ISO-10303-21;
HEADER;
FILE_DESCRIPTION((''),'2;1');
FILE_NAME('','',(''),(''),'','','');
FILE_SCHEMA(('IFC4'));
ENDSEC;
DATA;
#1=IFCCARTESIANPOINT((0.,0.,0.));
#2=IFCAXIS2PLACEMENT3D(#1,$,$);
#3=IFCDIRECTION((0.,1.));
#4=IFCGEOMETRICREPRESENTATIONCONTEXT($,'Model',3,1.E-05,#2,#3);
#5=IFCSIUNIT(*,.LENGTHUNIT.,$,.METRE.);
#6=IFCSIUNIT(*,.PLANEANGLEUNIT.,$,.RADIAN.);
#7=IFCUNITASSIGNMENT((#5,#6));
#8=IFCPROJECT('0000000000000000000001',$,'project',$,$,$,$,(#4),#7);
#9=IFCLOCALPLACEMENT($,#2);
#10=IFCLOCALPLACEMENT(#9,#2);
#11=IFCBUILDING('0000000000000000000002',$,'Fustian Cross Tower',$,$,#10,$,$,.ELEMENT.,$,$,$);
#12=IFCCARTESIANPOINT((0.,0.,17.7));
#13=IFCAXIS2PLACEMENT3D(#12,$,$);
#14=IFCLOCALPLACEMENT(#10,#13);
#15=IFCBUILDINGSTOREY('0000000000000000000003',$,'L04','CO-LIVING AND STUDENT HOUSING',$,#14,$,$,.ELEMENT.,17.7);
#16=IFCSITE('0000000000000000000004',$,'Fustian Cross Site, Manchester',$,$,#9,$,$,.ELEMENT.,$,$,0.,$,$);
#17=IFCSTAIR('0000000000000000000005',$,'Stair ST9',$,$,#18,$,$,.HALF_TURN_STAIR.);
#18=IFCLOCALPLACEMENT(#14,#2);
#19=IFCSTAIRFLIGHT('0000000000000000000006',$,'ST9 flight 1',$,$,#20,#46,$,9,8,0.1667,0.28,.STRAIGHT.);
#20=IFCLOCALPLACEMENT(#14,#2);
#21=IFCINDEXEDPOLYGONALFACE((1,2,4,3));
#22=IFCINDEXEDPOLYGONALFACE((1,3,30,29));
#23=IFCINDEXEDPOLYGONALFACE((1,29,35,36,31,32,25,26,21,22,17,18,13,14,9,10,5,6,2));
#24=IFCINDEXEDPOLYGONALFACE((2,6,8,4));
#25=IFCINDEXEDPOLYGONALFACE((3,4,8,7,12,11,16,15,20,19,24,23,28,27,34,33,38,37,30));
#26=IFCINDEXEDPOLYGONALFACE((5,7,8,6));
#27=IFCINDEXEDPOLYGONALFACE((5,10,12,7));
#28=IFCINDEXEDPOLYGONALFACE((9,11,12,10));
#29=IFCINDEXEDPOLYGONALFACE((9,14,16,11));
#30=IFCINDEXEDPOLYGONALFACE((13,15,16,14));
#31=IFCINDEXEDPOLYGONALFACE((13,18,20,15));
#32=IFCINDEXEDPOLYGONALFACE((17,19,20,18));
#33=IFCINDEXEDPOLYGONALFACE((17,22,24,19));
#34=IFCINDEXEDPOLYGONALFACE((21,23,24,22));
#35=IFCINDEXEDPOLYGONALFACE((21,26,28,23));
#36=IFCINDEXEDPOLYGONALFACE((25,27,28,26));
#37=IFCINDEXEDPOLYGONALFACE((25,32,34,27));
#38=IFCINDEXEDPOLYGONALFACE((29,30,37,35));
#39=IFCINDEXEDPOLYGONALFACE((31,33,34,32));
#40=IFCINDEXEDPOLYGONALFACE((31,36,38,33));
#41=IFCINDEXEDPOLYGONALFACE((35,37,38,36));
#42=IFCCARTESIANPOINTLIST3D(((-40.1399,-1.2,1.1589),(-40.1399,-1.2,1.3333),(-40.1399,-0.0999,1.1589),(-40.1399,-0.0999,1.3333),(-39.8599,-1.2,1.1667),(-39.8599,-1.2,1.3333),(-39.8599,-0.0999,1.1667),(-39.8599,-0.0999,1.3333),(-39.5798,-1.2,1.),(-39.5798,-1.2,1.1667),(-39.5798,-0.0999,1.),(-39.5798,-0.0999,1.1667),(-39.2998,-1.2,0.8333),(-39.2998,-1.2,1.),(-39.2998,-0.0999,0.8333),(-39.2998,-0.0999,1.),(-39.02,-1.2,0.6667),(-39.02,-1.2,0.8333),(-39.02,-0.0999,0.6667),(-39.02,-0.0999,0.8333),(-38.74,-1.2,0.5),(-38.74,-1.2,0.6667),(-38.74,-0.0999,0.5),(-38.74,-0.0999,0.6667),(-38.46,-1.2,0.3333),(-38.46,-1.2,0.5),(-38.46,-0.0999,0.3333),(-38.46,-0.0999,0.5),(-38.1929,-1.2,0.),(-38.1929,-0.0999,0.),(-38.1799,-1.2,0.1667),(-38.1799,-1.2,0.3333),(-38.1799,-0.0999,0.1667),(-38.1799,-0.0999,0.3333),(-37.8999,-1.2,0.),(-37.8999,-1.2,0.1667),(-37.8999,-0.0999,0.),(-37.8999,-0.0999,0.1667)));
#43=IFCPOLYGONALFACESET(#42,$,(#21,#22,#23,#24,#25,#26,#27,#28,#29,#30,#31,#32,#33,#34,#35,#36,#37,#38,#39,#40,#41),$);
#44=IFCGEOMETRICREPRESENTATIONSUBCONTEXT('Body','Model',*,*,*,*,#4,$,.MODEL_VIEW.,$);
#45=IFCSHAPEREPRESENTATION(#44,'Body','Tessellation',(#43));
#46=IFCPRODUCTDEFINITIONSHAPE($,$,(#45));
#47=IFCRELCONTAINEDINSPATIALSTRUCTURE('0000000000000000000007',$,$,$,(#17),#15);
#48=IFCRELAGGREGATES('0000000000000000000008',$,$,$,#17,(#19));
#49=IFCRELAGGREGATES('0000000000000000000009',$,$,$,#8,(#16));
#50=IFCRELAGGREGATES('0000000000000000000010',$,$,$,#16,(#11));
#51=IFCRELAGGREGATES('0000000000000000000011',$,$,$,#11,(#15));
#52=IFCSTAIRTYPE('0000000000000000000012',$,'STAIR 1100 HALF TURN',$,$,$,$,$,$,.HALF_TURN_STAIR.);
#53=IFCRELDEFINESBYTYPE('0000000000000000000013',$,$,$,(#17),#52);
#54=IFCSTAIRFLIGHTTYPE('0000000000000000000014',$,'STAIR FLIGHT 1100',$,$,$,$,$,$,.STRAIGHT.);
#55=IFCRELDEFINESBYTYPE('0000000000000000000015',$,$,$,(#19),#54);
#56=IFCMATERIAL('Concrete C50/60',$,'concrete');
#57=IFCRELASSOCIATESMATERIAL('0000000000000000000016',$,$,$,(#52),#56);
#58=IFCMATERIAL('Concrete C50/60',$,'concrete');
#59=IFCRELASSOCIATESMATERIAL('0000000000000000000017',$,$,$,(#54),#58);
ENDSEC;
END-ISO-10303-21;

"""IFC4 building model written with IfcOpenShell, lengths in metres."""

from ifc_helpers import new_model, si_unit, direction, frame, origin, place, context, subcontext, project, spatial, polyline, outline, extrude, material, type_object, element, aggregate, save


model = new_model("IFC4")

# Units and contexts
model_context = context("Model", 3, precision=1e-05, world=origin(), true_north=direction((0.0, 1.0)))
body_context = subcontext(model_context, "Body", "Model", "MODEL_VIEW")
ifc_project = project(units=[si_unit("LENGTHUNIT", "METRE"), si_unit("PLANEANGLEUNIT", "RADIAN")], contexts=[model_context])

# Site, building, storey
site_placement = place(None, origin())
site = spatial("IfcSite", under=ifc_project, at=site_placement, Name="Fustian Cross Site, Manchester", CompositionType="ELEMENT", RefElevation=0.0)
building_placement = place(site_placement, origin())
building = spatial("IfcBuilding", under=site, at=building_placement, Name="Fustian Cross Tower", CompositionType="ELEMENT")
storey_placement = place(building_placement, frame((0.0, 0.0, 17.7)))
storey = spatial("IfcBuildingStorey", under=building, at=storey_placement, Name="L04", Description="CO-LIVING AND STUDENT HOUSING", CompositionType="ELEMENT", Elevation=17.7)

# Stair, stair flight
ifc_material_1 = material(Name="Concrete C50/60", Category="concrete")
stair_type = type_object("IfcStairType", Name="STAIR 1100 HALF TURN", PredefinedType="HALF_TURN_STAIR", material=ifc_material_1)
stair_placement = place(storey_placement, origin())
stair = element("IfcStair", 1, at=stair_placement, inside=storey, type_object=stair_type, Name="Stair ST9", PredefinedType="HALF_TURN_STAIR")
ifc_material_2 = material(Name="Concrete C50/60", Category="concrete")
stair_flight_type = type_object("IfcStairFlightType", Name="STAIR FLIGHT 1100", PredefinedType="STRAIGHT", material=ifc_material_2)
stair_flight_placement = place(storey_placement, frame((-37.8999, -0.6499, 0.0), z_axis=(0.0, 0.0, 1.0), x_axis=(-1.0, 0.0, 0.0)))
stair_flight = element("IfcStairFlight", 2, at=stair_flight_placement, type_object=stair_flight_type, Name="ST9 flight 1", NumberOfRisers=9, NumberOfTreads=8, PredefinedType="STRAIGHT", RiserHeight=0.1667, TreadLength=0.28, context=body_context, shape_type="SweptSolid", body=[
    extrude(outline(polyline([(0.0, 0.0), (0.0, 0.1667), (0.28, 0.1667), (0.28, 0.3333), (0.5601, 0.3333), (0.5601, 0.5), (0.8401, 0.5), (0.8401, 0.6667), (1.1201, 0.6667), (1.1201, 0.8333), (1.3999, 0.8333), (1.3999, 1.0), (1.6799, 1.0), (1.6799, 1.1667), (1.96, 1.1667), (1.96, 1.3333), (2.24, 1.3333), (2.24, 1.5), (2.24, 1.1589), (0.293, 0.0), (0.0, 0.0)])), frame((0.0, 0.55, 0.0), z_axis=(0.0, -1.0, 0.0), x_axis=(1.0, 0.0, 0.0)), (0.0, 0.0, 1.0), 1.1001),
])
aggregate(stair, [stair_flight])

save(model, "model.ifc")
